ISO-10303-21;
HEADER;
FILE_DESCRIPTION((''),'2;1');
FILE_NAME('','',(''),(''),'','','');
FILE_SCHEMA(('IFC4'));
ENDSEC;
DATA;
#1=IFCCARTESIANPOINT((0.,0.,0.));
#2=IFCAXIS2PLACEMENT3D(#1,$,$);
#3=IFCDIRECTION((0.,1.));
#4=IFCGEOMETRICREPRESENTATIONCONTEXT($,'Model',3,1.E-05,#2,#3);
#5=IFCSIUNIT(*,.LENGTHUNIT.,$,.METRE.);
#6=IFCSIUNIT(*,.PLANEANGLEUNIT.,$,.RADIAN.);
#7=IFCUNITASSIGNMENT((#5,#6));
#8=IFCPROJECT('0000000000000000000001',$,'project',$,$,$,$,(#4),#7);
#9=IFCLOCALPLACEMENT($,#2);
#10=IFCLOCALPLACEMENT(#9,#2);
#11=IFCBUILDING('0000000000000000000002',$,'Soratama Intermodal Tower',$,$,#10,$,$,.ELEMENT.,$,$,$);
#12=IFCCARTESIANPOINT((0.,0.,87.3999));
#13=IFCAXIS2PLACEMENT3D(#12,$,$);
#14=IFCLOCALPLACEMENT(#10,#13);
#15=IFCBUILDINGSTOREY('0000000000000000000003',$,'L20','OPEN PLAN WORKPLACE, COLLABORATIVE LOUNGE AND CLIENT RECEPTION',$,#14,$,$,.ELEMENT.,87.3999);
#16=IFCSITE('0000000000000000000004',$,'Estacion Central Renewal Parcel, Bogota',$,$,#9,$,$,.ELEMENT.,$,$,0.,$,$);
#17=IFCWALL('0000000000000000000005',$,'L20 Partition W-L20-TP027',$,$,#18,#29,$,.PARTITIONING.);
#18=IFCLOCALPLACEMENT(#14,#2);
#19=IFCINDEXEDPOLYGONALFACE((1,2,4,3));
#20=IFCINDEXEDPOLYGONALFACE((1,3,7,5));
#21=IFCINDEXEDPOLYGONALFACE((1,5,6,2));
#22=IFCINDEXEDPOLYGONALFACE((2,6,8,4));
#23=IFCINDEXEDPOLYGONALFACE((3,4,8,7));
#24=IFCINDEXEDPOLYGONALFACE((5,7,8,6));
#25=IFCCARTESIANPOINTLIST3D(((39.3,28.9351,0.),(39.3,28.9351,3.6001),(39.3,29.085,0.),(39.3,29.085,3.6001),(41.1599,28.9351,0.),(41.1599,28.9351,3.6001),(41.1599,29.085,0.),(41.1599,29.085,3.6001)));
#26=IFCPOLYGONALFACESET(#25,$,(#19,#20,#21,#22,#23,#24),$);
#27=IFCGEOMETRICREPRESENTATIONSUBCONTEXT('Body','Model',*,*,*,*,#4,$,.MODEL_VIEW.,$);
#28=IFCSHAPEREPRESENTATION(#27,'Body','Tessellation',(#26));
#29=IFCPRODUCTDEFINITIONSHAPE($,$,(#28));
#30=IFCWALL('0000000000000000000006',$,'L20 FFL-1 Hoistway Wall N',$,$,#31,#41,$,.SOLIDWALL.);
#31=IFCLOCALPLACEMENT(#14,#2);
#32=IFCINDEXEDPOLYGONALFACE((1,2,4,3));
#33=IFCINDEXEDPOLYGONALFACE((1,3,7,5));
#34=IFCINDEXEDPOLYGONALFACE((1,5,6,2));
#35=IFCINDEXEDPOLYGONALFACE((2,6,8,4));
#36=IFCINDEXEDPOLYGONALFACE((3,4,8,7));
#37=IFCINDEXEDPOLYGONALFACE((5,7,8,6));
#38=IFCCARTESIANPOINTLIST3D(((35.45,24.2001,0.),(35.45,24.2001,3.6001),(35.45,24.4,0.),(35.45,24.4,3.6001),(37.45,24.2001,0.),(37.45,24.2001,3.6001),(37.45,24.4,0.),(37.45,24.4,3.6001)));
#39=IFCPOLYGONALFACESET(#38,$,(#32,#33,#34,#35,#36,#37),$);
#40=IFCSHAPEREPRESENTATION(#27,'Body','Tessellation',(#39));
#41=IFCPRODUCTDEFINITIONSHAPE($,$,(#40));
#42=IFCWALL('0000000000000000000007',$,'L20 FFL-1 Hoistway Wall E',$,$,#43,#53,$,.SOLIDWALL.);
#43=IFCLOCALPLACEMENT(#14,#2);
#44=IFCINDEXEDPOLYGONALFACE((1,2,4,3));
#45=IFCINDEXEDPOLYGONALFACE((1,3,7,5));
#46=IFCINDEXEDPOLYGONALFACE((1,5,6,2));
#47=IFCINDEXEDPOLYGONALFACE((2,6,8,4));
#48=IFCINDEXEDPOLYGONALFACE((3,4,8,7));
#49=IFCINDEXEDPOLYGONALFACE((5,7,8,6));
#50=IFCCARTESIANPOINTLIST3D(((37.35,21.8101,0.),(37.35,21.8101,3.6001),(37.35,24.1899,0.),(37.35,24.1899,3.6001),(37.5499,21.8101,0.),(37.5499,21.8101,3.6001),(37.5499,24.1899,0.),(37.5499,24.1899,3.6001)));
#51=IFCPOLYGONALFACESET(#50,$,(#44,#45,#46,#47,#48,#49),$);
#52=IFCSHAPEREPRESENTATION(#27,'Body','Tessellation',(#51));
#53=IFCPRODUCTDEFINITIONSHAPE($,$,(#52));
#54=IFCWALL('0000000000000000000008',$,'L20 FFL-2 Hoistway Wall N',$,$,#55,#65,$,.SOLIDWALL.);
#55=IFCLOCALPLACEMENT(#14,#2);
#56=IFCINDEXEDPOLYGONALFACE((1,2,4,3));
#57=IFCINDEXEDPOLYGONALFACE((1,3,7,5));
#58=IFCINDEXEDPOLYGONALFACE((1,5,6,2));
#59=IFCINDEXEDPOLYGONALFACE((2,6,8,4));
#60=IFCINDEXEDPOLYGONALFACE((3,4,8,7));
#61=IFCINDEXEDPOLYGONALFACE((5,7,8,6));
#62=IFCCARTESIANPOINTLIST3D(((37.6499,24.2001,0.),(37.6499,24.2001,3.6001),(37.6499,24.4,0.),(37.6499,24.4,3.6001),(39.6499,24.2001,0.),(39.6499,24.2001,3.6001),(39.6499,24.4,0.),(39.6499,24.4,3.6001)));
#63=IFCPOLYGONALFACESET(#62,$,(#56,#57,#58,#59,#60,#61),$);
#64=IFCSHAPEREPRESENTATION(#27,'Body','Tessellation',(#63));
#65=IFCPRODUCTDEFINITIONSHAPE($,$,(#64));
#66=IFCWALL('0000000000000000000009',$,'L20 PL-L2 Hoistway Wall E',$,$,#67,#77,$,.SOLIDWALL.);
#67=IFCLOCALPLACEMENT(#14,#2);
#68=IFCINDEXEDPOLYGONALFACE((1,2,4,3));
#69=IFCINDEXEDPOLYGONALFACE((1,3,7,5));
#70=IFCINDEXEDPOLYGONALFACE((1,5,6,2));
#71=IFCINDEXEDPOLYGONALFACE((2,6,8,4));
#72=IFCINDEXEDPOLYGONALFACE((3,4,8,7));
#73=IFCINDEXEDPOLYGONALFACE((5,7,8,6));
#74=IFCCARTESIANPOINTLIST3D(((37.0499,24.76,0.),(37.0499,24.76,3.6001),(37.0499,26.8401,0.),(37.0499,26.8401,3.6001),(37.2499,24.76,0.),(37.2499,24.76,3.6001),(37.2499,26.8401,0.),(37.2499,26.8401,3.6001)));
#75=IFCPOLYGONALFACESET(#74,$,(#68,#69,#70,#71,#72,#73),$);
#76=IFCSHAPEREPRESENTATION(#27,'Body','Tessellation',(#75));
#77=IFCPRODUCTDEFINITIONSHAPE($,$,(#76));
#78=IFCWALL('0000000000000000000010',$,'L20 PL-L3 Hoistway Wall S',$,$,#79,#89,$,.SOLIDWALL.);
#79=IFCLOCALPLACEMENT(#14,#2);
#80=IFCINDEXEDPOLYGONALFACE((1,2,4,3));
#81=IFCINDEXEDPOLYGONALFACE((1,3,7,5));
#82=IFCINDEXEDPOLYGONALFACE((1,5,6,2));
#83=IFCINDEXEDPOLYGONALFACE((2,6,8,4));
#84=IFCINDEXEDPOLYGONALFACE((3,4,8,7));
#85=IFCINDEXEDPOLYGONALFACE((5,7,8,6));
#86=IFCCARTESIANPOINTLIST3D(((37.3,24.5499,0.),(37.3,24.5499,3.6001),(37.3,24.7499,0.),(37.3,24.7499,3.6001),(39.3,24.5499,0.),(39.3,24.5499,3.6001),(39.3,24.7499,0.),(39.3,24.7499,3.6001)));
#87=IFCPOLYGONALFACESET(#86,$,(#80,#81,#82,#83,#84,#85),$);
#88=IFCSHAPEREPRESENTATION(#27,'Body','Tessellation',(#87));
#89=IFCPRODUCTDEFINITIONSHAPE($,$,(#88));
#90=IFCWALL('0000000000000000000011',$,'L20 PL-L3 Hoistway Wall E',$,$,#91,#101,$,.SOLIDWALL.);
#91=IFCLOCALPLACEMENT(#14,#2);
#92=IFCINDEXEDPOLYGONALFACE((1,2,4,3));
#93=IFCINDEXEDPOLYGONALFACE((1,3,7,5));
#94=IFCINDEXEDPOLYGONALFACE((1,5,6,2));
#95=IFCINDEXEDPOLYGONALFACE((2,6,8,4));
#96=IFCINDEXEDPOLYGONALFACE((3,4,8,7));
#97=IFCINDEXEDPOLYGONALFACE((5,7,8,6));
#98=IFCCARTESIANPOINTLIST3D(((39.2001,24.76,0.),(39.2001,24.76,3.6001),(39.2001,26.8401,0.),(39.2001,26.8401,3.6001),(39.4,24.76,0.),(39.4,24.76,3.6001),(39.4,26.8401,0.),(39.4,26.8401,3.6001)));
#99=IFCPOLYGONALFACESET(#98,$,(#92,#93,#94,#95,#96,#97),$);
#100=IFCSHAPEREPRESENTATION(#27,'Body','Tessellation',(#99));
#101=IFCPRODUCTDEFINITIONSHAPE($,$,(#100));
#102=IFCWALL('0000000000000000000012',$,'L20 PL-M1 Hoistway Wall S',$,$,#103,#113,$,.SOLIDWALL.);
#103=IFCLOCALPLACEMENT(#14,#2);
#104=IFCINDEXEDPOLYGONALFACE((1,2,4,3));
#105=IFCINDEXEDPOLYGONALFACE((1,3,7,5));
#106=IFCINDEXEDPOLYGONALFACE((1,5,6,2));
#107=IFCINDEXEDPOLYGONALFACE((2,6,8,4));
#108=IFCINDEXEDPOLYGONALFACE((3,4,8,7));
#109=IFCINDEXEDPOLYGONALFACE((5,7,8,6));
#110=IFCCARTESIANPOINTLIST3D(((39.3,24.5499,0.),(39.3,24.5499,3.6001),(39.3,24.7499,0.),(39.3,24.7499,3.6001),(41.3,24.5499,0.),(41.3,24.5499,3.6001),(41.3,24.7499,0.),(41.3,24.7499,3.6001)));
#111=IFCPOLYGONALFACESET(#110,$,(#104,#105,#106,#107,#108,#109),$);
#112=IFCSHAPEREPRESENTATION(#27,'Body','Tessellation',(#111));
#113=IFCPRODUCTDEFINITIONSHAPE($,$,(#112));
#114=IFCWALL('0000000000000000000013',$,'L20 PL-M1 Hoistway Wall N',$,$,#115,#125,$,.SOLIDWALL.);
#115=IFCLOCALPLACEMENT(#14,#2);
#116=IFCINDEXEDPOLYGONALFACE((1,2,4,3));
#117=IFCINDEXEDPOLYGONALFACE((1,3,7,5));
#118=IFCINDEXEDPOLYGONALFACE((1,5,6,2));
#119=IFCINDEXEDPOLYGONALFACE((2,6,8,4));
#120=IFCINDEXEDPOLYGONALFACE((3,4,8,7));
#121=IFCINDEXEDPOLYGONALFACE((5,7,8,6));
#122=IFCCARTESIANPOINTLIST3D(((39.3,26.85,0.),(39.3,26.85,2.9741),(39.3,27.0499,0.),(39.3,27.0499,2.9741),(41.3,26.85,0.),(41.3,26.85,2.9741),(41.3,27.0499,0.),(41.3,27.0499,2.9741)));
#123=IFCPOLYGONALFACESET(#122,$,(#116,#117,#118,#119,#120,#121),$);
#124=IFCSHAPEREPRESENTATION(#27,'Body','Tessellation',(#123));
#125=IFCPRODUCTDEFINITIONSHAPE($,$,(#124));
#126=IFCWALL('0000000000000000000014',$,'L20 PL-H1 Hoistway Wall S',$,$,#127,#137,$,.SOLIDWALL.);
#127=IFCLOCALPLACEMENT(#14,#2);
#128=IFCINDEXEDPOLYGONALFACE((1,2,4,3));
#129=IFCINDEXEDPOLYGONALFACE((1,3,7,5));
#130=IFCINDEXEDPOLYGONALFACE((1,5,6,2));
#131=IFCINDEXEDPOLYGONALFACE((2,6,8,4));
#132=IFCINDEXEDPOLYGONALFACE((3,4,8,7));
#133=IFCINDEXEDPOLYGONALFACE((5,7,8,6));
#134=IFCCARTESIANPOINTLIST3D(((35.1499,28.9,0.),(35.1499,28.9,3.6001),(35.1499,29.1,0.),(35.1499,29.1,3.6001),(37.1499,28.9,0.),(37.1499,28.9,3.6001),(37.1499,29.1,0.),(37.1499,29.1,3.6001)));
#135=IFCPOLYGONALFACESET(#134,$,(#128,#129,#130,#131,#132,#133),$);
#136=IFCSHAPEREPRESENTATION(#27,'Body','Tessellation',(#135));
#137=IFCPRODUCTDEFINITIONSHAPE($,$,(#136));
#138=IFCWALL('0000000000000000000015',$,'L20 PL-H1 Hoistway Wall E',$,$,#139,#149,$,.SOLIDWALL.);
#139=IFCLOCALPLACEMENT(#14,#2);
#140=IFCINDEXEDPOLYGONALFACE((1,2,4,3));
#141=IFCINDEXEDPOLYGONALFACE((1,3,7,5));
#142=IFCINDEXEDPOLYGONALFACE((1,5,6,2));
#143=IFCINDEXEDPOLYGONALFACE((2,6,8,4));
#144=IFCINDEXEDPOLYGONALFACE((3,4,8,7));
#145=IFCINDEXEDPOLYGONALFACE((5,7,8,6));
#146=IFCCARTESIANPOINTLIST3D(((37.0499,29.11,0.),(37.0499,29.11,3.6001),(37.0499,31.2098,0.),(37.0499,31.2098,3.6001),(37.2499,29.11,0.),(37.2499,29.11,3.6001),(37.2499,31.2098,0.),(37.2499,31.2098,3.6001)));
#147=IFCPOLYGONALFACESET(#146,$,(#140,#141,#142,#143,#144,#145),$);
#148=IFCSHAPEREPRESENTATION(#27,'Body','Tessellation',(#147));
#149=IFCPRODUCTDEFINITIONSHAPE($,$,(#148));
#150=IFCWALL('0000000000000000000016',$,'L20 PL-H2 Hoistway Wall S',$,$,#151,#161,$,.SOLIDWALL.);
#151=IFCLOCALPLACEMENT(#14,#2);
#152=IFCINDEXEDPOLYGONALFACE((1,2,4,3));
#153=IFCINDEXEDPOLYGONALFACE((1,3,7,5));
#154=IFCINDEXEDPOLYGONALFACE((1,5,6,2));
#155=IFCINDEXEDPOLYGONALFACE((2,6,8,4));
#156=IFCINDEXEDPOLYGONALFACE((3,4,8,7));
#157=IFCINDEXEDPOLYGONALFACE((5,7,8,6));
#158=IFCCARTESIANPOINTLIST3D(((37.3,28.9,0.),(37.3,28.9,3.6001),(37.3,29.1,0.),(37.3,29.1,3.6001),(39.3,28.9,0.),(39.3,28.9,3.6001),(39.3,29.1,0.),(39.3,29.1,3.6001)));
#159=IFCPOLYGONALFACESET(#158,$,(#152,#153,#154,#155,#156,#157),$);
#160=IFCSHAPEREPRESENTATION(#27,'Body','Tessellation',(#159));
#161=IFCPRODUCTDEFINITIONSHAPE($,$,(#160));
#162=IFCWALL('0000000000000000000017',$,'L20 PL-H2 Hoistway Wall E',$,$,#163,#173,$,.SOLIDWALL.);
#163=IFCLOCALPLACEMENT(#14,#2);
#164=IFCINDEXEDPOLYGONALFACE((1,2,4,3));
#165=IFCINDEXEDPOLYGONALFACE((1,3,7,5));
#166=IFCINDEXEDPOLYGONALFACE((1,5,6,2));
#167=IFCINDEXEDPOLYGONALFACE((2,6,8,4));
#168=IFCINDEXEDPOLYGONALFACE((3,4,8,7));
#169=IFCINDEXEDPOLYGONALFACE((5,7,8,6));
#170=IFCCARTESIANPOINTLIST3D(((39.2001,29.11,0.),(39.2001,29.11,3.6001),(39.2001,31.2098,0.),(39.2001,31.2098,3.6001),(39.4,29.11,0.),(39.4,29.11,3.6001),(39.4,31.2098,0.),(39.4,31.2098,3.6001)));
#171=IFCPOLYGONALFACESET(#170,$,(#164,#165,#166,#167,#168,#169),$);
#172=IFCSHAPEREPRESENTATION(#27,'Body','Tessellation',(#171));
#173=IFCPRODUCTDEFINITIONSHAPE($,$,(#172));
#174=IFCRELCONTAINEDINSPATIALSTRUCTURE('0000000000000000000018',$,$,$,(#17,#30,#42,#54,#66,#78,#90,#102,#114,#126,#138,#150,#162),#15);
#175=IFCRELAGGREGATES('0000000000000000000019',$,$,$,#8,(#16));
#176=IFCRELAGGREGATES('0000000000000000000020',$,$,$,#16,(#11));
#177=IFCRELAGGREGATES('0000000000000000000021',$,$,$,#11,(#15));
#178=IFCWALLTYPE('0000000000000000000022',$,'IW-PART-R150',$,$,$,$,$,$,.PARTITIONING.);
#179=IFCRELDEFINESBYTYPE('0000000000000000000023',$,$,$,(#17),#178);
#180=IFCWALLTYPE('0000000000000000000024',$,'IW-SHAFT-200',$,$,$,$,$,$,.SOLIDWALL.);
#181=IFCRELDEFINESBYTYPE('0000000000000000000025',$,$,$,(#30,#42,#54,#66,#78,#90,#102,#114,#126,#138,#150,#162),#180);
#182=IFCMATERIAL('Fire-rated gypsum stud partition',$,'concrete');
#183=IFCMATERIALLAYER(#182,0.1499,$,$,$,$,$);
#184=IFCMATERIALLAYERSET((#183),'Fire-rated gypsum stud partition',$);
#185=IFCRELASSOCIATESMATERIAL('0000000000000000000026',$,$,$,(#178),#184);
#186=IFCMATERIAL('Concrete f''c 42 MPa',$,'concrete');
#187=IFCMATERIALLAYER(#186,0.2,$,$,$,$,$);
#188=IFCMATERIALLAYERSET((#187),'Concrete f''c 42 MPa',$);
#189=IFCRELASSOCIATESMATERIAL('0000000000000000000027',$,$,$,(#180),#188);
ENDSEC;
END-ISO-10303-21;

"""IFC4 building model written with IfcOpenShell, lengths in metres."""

from ifc_helpers import new_model, si_unit, direction, frame, frame_2d, origin, place, context, subcontext, project, spatial, rectangle, extrude, material, layer, layer_set, type_object, element, save


model = new_model("IFC4")

# Units and contexts
model_context = context("Model", 3, precision=1e-05, world=origin(), true_north=direction((0.0, 1.0)))
body_context = subcontext(model_context, "Body", "Model", "MODEL_VIEW")
ifc_project = project(units=[si_unit("LENGTHUNIT", "METRE"), si_unit("PLANEANGLEUNIT", "RADIAN")], contexts=[model_context])

# Site, building, storey
site_placement = place(None, origin())
site = spatial("IfcSite", under=ifc_project, at=site_placement, Name="Estacion Central Renewal Parcel, Bogota", CompositionType="ELEMENT", RefElevation=0.0)
building_placement = place(site_placement, origin())
building = spatial("IfcBuilding", under=site, at=building_placement, Name="Soratama Intermodal Tower", CompositionType="ELEMENT")
storey_placement = place(building_placement, frame((0.0, 0.0, 87.3999)))
storey = spatial("IfcBuildingStorey", under=building, at=storey_placement, Name="L20", Description="OPEN PLAN WORKPLACE, COLLABORATIVE LOUNGE AND CLIENT RECEPTION", CompositionType="ELEMENT", Elevation=87.3999)

# Walls
ifc_material_1 = material(Name="Fire-rated gypsum stud partition", Category="concrete")
ifc_layer_1 = layer(ifc_material_1, 0.1499)
ifc_layer_set_1 = layer_set([ifc_layer_1], Name="Fire-rated gypsum stud partition")
wall_type_1 = type_object("IfcWallType", Name="IW-PART-R150", PredefinedType="PARTITIONING", material=ifc_layer_set_1)
wall_1_placement = place(storey_placement, frame((39.3, 29.01, 0.0), z_axis=(0.0, 0.0, 1.0), x_axis=(1.0, 0.0, 0.0)))
element("IfcWall", 1, at=wall_1_placement, inside=storey, type_object=wall_type_1, Name="L20 Partition W-L20-TP027", PredefinedType="PARTITIONING", context=body_context, shape_type="SweptSolid", body=[
    extrude(rectangle(XDim=1.8599, YDim=0.1499, at=frame_2d((0.9299, 0.0))), origin(), (0.0, 0.0, 1.0), 3.6001),
])
ifc_material_2 = material(Name="Concrete f'c 42 MPa", Category="concrete")
ifc_layer_2 = layer(ifc_material_2, 0.2)
ifc_layer_set_2 = layer_set([ifc_layer_2], Name="Concrete f'c 42 MPa")
wall_type_2 = type_object("IfcWallType", Name="IW-SHAFT-200", PredefinedType="SOLIDWALL", material=ifc_layer_set_2)
wall_2_placement = place(storey_placement, frame((35.45, 24.3, 0.0), z_axis=(0.0, 0.0, 1.0), x_axis=(1.0, 0.0, 0.0)))
element("IfcWall", 2, at=wall_2_placement, inside=storey, type_object=wall_type_2, Name="L20 FFL-1 Hoistway Wall N", PredefinedType="SOLIDWALL", context=body_context, shape_type="SweptSolid", body=[
    extrude(rectangle(XDim=2.0, YDim=0.2, at=frame_2d((1.0, 0.0))), origin(), (0.0, 0.0, 1.0), 3.6001),
])
wall_3_placement = place(storey_placement, frame((37.45, 21.8101, 0.0), z_axis=(0.0, 0.0, 1.0), x_axis=(0.0, 1.0, 0.0)))
element("IfcWall", 3, at=wall_3_placement, inside=storey, type_object=wall_type_2, Name="L20 FFL-1 Hoistway Wall E", PredefinedType="SOLIDWALL", context=body_context, shape_type="SweptSolid", body=[
    extrude(rectangle(XDim=2.3799, YDim=0.2, at=frame_2d((1.1899, 0.0))), origin(), (0.0, 0.0, 1.0), 3.6001),
])
wall_4_placement = place(storey_placement, frame((37.6499, 24.3, 0.0), z_axis=(0.0, 0.0, 1.0), x_axis=(1.0, 0.0, 0.0)))
element("IfcWall", 4, at=wall_4_placement, inside=storey, type_object=wall_type_2, Name="L20 FFL-2 Hoistway Wall N", PredefinedType="SOLIDWALL", context=body_context, shape_type="SweptSolid", body=[
    extrude(rectangle(XDim=2.0, YDim=0.2, at=frame_2d((1.0, 0.0))), origin(), (0.0, 0.0, 1.0), 3.6001),
])

# Walls
wall_5_placement = place(storey_placement, frame((37.1499, 24.76, 0.0), z_axis=(0.0, 0.0, 1.0), x_axis=(0.0, 1.0, 0.0)))
element("IfcWall", 5, at=wall_5_placement, inside=storey, type_object=wall_type_2, Name="L20 PL-L2 Hoistway Wall E", PredefinedType="SOLIDWALL", context=body_context, shape_type="SweptSolid", body=[
    extrude(rectangle(XDim=2.0801, YDim=0.2, at=frame_2d((1.04, 0.0))), origin(), (0.0, 0.0, 1.0), 3.6001),
])
wall_6_placement = place(storey_placement, frame((37.3, 24.6499, 0.0), z_axis=(0.0, 0.0, 1.0), x_axis=(1.0, 0.0, 0.0)))
element("IfcWall", 6, at=wall_6_placement, inside=storey, type_object=wall_type_2, Name="L20 PL-L3 Hoistway Wall S", PredefinedType="SOLIDWALL", context=body_context, shape_type="SweptSolid", body=[
    extrude(rectangle(XDim=2.0, YDim=0.2, at=frame_2d((1.0, 0.0))), origin(), (0.0, 0.0, 1.0), 3.6001),
])

# Walls
wall_7_placement = place(storey_placement, frame((39.3, 24.76, 0.0), z_axis=(0.0, 0.0, 1.0), x_axis=(0.0, 1.0, 0.0)))
element("IfcWall", 7, at=wall_7_placement, inside=storey, type_object=wall_type_2, Name="L20 PL-L3 Hoistway Wall E", PredefinedType="SOLIDWALL", context=body_context, shape_type="SweptSolid", body=[
    extrude(rectangle(XDim=2.0801, YDim=0.2, at=frame_2d((1.04, 0.0))), origin(), (0.0, 0.0, 1.0), 3.6001),
])
wall_8_placement = place(storey_placement, frame((39.3, 24.6499, 0.0), z_axis=(0.0, 0.0, 1.0), x_axis=(1.0, 0.0, 0.0)))
element("IfcWall", 8, at=wall_8_placement, inside=storey, type_object=wall_type_2, Name="L20 PL-M1 Hoistway Wall S", PredefinedType="SOLIDWALL", context=body_context, shape_type="SweptSolid", body=[
    extrude(rectangle(XDim=2.0, YDim=0.2, at=frame_2d((1.0, 0.0))), origin(), (0.0, 0.0, 1.0), 3.6001),
])
wall_9_placement = place(storey_placement, frame((39.3, 26.95, 0.0), z_axis=(0.0, 0.0, 1.0), x_axis=(1.0, 0.0, 0.0)))
element("IfcWall", 9, at=wall_9_placement, inside=storey, type_object=wall_type_2, Name="L20 PL-M1 Hoistway Wall N", PredefinedType="SOLIDWALL", context=body_context, shape_type="SweptSolid", body=[
    extrude(rectangle(XDim=2.0, YDim=0.2, at=frame_2d((1.0, 0.0))), origin(), (0.0, 0.0, 1.0), 2.9741),
])
wall_10_placement = place(storey_placement, frame((35.1499, 29.0, 0.0), z_axis=(0.0, 0.0, 1.0), x_axis=(1.0, 0.0, 0.0)))
element("IfcWall", 10, at=wall_10_placement, inside=storey, type_object=wall_type_2, Name="L20 PL-H1 Hoistway Wall S", PredefinedType="SOLIDWALL", context=body_context, shape_type="SweptSolid", body=[
    extrude(rectangle(XDim=2.0, YDim=0.2, at=frame_2d((1.0, 0.0))), origin(), (0.0, 0.0, 1.0), 3.6001),
])
wall_11_placement = place(storey_placement, frame((37.1499, 29.1101, 0.0), z_axis=(0.0, 0.0, 1.0), x_axis=(0.0, 1.0, 0.0)))
element("IfcWall", 11, at=wall_11_placement, inside=storey, type_object=wall_type_2, Name="L20 PL-H1 Hoistway Wall E", PredefinedType="SOLIDWALL", context=body_context, shape_type="SweptSolid", body=[
    extrude(rectangle(XDim=2.0999, YDim=0.2, at=frame_2d((1.0498, 0.0))), origin(), (0.0, 0.0, 1.0), 3.6001),
])
wall_12_placement = place(storey_placement, frame((37.3, 29.0, 0.0), z_axis=(0.0, 0.0, 1.0), x_axis=(1.0, 0.0, 0.0)))
element("IfcWall", 12, at=wall_12_placement, inside=storey, type_object=wall_type_2, Name="L20 PL-H2 Hoistway Wall S", PredefinedType="SOLIDWALL", context=body_context, shape_type="SweptSolid", body=[
    extrude(rectangle(XDim=2.0, YDim=0.2, at=frame_2d((1.0, 0.0))), origin(), (0.0, 0.0, 1.0), 3.6001),
])
wall_13_placement = place(storey_placement, frame((39.3, 29.1101, 0.0), z_axis=(0.0, 0.0, 1.0), x_axis=(0.0, 1.0, 0.0)))
element("IfcWall", 13, at=wall_13_placement, inside=storey, type_object=wall_type_2, Name="L20 PL-H2 Hoistway Wall E", PredefinedType="SOLIDWALL", context=body_context, shape_type="SweptSolid", body=[
    extrude(rectangle(XDim=2.0999, YDim=0.2, at=frame_2d((1.0498, 0.0))), origin(), (0.0, 0.0, 1.0), 3.6001),
])

save(model, "model.ifc")
